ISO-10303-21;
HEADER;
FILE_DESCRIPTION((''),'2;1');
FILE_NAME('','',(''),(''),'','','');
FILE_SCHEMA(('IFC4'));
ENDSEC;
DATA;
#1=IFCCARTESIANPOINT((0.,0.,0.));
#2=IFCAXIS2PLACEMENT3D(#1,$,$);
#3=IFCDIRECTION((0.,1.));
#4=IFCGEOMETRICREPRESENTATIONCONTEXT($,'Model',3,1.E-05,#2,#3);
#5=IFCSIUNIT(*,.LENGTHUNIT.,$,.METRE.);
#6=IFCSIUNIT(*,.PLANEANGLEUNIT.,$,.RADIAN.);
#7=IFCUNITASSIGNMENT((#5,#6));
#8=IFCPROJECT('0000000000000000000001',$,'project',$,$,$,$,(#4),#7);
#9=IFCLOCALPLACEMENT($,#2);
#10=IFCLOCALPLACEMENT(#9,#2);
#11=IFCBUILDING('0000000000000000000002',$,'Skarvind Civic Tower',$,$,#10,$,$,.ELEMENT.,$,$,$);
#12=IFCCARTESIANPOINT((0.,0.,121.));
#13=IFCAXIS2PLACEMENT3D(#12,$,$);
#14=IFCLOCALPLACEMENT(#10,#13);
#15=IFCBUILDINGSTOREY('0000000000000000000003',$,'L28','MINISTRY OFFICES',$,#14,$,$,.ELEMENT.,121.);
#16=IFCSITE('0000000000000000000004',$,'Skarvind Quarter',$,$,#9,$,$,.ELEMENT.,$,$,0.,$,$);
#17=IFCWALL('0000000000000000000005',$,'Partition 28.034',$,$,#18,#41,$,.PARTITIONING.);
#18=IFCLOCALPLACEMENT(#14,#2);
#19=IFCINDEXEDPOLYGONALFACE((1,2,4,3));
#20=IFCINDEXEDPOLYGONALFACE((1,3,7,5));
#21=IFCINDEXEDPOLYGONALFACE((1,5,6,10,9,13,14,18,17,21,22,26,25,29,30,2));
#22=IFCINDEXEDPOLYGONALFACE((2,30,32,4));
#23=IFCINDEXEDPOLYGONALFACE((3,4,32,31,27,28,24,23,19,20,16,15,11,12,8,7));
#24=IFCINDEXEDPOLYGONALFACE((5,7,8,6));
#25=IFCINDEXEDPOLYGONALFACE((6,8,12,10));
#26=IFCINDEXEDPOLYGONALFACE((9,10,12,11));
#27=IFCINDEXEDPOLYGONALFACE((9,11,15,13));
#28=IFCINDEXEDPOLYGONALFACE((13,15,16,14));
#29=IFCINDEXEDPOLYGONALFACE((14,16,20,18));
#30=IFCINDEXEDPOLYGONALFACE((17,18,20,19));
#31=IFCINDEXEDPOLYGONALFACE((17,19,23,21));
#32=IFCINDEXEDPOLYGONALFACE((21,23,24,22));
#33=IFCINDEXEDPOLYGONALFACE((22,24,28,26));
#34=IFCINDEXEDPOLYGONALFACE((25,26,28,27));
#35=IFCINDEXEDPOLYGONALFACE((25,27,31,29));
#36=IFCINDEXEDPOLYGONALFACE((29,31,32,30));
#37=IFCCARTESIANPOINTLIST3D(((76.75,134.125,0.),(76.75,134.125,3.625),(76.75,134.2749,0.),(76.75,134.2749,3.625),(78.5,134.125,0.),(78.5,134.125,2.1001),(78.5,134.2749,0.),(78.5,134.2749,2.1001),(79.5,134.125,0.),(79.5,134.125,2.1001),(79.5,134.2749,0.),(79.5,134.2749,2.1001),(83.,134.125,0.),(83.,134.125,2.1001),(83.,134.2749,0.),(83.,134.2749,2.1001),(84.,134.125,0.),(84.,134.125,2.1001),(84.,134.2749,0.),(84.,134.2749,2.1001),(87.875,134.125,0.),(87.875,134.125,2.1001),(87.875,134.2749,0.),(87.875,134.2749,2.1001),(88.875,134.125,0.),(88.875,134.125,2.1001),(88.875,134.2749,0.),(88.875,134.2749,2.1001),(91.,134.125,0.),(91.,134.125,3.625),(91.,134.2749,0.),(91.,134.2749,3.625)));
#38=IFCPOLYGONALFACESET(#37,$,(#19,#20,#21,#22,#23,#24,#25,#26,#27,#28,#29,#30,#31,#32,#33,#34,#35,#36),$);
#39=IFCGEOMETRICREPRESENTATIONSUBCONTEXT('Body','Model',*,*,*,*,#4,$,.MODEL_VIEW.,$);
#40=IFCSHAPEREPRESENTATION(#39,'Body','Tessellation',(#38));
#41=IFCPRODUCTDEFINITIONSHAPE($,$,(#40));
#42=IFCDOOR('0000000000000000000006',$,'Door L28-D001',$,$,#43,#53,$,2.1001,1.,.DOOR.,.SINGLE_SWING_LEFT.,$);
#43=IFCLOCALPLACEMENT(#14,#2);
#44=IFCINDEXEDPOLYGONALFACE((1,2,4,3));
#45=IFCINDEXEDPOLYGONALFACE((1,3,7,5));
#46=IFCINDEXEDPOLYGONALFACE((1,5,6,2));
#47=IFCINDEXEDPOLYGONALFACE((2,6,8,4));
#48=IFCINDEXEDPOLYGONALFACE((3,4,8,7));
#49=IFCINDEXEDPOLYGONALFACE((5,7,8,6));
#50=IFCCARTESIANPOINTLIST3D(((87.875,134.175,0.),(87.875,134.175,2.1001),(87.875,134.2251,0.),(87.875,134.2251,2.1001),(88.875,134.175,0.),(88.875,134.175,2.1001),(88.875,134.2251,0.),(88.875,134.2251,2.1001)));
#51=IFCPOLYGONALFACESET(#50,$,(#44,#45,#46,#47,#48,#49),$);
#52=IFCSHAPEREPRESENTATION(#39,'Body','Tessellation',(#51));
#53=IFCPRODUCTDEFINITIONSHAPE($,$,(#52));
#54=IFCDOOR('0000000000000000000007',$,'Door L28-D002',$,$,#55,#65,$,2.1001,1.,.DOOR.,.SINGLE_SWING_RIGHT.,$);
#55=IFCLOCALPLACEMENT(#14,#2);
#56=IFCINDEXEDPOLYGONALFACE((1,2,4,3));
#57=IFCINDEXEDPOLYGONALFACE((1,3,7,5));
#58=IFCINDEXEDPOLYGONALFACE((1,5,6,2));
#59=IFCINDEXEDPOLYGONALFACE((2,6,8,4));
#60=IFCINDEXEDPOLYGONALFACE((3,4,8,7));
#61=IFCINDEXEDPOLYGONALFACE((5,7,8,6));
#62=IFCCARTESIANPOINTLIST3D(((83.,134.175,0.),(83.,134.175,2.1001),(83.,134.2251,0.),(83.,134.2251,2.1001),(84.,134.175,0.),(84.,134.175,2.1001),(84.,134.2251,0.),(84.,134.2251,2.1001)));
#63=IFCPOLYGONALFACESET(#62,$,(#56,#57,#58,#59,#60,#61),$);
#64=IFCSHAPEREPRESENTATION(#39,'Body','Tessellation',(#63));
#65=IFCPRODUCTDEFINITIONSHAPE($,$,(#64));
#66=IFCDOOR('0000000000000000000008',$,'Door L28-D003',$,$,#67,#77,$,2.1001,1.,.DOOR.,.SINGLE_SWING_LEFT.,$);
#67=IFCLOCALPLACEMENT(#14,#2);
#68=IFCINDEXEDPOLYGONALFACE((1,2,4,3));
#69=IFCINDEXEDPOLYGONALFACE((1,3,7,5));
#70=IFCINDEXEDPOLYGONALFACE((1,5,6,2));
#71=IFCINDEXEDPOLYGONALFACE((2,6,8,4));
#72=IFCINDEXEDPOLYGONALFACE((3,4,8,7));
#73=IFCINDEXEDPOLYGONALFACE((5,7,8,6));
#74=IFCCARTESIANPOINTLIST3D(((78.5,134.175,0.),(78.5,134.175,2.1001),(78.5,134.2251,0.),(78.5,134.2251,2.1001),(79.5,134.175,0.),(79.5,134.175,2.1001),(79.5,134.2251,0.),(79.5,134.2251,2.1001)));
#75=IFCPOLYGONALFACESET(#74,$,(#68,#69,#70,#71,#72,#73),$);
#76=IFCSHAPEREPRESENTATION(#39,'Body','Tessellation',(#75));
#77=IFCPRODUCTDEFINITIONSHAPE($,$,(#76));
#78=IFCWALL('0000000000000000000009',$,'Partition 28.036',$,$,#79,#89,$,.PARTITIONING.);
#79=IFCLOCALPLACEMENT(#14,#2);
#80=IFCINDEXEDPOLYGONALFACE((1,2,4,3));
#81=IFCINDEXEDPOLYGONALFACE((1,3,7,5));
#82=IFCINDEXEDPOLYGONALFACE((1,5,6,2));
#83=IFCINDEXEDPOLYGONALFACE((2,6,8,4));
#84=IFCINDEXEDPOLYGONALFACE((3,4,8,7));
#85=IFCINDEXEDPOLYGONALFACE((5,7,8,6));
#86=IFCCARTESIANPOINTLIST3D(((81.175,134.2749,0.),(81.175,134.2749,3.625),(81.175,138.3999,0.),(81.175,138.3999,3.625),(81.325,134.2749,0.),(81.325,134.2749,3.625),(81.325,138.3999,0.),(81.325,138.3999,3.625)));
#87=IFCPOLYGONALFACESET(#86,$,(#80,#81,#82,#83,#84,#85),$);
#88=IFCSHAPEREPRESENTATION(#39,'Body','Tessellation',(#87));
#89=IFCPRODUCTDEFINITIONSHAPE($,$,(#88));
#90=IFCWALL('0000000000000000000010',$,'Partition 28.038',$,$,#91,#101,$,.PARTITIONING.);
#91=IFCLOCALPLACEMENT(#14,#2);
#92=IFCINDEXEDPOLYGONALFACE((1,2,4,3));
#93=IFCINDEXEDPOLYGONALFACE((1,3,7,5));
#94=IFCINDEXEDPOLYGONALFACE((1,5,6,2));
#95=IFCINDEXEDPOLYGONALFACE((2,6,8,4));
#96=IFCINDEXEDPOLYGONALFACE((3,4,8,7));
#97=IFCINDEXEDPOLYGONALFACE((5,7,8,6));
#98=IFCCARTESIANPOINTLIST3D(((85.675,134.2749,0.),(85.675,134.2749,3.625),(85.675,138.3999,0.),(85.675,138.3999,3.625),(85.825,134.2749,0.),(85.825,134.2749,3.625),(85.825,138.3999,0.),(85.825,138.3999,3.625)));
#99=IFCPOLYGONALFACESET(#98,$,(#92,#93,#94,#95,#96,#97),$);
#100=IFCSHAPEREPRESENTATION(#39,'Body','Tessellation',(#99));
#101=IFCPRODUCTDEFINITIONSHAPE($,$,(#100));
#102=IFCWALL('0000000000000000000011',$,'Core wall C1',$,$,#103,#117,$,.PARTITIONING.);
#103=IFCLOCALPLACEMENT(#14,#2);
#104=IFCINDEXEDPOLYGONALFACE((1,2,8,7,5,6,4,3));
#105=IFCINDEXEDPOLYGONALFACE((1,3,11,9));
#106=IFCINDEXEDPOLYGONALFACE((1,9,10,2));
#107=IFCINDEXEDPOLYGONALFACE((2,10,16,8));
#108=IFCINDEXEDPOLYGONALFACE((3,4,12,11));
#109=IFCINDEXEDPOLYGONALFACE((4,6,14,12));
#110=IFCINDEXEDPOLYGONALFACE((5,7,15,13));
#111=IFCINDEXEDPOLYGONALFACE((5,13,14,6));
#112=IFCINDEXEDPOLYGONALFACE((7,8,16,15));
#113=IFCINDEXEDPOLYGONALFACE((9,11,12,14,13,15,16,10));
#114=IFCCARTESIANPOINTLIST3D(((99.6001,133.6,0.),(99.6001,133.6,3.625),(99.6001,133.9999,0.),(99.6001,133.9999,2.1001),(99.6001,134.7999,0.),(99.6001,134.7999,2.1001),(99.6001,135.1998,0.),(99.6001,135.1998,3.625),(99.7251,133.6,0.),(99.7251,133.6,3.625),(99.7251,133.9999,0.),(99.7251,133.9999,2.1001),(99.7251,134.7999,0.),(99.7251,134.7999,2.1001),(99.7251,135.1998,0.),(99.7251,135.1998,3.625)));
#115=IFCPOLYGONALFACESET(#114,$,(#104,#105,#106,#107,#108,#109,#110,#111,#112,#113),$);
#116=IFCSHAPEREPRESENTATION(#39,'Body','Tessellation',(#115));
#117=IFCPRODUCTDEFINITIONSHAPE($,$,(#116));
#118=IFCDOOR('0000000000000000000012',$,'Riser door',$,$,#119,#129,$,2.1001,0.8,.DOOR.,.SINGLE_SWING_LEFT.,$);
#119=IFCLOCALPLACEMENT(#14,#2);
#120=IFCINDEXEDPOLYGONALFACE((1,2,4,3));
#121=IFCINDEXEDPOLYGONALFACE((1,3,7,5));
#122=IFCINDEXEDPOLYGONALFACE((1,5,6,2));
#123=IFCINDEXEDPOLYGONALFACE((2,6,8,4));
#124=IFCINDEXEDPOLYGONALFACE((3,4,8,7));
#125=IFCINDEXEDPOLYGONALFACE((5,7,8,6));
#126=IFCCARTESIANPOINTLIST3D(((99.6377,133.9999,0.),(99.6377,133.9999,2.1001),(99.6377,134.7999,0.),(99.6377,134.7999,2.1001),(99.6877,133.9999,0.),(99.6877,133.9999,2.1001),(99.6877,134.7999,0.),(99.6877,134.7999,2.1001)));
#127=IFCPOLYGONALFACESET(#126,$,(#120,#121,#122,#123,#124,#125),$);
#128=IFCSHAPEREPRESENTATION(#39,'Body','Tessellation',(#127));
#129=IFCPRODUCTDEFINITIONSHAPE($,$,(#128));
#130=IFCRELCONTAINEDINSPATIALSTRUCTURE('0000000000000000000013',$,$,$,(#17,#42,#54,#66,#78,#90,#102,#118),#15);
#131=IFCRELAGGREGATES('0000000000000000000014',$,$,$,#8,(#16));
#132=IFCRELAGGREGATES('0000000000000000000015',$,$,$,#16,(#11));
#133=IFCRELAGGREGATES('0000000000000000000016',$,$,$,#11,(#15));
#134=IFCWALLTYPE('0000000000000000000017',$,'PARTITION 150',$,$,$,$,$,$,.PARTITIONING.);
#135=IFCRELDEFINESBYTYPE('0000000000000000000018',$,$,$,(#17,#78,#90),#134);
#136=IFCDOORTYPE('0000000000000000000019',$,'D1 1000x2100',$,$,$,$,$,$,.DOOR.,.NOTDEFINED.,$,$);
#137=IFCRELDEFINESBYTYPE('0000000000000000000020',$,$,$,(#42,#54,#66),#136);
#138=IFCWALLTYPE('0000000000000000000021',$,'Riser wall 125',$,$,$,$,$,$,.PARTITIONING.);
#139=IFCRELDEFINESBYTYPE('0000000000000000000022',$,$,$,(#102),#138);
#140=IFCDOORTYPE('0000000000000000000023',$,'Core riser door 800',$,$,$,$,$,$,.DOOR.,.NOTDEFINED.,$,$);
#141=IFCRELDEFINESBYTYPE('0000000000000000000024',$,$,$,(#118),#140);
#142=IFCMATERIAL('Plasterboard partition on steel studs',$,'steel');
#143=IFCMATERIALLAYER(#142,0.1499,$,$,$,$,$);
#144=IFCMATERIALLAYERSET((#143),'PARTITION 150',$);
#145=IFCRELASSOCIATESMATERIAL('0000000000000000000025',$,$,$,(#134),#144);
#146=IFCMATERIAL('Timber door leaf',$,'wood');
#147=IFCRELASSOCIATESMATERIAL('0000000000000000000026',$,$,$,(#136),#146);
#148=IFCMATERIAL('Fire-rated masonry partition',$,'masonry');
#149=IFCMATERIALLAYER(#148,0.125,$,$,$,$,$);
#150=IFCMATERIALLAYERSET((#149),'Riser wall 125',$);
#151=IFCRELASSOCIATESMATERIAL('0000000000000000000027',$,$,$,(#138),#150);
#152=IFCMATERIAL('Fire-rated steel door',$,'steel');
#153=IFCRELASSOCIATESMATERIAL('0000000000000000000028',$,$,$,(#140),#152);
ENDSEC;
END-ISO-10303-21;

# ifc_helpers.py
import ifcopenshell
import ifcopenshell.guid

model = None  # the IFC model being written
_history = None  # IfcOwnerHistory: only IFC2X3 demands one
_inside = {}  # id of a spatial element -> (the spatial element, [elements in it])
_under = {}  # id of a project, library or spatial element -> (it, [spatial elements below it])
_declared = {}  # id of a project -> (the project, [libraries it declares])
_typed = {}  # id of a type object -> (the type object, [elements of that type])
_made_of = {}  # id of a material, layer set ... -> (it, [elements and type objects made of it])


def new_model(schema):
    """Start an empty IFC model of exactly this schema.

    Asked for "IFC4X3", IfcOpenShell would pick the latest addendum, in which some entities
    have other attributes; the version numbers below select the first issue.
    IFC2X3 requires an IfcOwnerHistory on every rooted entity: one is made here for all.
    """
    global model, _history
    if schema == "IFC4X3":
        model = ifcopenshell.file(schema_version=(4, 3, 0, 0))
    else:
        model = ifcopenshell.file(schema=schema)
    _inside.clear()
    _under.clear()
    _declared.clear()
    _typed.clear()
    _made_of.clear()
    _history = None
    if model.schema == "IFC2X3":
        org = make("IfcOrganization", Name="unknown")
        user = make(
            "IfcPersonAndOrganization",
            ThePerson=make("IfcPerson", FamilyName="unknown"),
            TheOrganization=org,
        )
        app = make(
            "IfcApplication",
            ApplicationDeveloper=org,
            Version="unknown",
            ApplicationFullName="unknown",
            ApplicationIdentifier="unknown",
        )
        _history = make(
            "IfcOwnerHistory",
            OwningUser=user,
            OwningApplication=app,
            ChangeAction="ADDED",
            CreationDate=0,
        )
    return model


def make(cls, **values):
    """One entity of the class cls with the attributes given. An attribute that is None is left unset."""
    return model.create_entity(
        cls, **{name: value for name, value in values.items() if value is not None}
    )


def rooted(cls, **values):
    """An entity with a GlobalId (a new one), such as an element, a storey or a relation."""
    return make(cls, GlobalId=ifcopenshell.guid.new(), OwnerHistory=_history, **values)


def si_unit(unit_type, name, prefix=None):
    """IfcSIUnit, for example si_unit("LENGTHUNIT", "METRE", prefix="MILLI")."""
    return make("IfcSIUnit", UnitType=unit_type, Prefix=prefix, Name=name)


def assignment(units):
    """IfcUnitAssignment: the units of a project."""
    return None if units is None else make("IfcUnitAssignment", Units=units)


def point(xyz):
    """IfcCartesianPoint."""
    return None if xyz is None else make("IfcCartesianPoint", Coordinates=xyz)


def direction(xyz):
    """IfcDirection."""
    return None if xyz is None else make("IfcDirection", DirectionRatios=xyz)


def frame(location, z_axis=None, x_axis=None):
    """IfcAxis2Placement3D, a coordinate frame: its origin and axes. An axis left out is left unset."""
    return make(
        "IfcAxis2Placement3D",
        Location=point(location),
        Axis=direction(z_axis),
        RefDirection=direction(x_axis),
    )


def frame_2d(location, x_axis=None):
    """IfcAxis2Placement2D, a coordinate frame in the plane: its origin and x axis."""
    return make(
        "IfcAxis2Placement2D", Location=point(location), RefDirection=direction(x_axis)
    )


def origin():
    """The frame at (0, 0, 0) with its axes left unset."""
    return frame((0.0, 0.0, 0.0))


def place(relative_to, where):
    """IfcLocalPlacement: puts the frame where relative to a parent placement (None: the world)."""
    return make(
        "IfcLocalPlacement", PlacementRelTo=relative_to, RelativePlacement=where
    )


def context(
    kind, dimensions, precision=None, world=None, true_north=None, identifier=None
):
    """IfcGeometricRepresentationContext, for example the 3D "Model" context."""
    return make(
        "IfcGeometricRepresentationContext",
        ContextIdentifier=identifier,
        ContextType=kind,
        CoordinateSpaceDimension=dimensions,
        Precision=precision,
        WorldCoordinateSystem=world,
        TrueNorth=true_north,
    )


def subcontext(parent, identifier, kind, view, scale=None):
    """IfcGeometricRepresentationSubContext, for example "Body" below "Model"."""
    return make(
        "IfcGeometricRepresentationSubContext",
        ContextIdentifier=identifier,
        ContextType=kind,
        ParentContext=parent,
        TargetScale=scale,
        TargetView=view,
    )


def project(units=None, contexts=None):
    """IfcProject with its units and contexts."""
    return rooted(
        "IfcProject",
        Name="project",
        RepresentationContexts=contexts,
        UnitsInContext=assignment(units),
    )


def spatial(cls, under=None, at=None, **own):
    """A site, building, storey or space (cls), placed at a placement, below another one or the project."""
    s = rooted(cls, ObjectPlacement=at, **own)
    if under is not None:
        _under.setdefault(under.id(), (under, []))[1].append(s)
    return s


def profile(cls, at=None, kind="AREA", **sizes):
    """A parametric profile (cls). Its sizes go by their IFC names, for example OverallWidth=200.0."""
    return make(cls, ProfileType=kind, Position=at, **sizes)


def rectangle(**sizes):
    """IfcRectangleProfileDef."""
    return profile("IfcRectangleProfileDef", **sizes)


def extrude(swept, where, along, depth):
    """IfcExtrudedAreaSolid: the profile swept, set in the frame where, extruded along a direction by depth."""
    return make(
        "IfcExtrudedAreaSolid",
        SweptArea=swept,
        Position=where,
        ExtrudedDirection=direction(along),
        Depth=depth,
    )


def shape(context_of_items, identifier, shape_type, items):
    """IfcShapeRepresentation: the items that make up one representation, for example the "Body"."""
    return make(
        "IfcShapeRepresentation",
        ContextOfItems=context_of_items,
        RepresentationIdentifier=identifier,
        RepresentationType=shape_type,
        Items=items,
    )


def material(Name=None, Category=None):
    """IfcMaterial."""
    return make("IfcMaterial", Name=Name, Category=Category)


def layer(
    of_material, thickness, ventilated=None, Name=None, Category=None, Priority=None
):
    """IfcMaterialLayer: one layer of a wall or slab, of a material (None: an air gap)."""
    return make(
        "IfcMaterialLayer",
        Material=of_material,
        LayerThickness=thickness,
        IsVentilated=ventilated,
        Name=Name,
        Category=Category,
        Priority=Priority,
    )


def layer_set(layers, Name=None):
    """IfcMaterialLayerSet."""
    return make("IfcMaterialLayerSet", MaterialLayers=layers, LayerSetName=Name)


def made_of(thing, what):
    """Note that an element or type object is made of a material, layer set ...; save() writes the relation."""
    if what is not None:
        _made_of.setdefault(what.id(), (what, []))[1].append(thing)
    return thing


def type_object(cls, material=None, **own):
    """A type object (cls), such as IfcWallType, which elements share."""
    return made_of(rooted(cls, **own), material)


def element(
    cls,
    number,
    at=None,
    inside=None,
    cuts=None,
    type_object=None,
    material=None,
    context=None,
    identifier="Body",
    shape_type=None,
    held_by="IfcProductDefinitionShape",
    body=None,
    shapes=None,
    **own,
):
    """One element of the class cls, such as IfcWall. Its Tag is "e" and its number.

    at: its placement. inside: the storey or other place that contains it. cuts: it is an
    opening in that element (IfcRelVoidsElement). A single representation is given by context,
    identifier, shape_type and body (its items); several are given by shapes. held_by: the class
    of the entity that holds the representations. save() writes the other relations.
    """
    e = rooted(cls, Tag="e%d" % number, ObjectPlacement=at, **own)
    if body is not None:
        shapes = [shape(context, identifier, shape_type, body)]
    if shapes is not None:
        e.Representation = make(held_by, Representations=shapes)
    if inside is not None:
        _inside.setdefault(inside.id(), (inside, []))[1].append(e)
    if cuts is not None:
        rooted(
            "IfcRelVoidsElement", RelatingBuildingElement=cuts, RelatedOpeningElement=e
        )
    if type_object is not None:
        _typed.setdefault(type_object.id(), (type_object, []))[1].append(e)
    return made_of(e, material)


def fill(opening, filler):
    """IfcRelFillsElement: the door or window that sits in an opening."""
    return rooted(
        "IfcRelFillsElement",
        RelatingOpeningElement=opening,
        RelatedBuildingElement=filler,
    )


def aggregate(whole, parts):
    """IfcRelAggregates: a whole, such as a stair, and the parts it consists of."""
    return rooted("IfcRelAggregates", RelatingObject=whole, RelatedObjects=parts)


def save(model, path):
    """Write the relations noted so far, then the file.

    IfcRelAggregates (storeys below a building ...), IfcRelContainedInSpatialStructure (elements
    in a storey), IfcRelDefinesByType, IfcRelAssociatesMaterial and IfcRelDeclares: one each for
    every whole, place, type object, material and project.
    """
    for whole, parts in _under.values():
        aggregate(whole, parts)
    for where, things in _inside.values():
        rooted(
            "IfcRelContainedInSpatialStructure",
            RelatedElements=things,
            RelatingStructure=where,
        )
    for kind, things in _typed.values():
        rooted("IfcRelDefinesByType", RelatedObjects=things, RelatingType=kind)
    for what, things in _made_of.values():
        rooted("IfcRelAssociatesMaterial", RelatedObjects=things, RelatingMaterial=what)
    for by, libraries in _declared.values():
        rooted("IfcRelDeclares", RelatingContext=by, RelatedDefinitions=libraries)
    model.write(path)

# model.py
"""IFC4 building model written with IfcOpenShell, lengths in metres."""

from ifc_helpers import new_model, si_unit, direction, frame, frame_2d, origin, place, context, subcontext, project, spatial, rectangle, extrude, material, layer, layer_set, type_object, element, fill, save


model = new_model("IFC4")

# Units and contexts
model_context = context("Model", 3, precision=1e-05, world=origin(), true_north=direction((0.0, 1.0)))
body_context = subcontext(model_context, "Body", "Model", "MODEL_VIEW")
ifc_project = project(units=[si_unit("LENGTHUNIT", "METRE"), si_unit("PLANEANGLEUNIT", "RADIAN")], contexts=[model_context])

# Site, building, storey
site_placement = place(None, origin())
site = spatial("IfcSite", under=ifc_project, at=site_placement, Name="Skarvind Quarter", CompositionType="ELEMENT", RefElevation=0.0)
building_placement = place(site_placement, origin())
building = spatial("IfcBuilding", under=site, at=building_placement, Name="Skarvind Civic Tower", CompositionType="ELEMENT")
storey_placement = place(building_placement, frame((0.0, 0.0, 121.0)))
storey = spatial("IfcBuildingStorey", under=building, at=storey_placement, Name="L28", Description="MINISTRY OFFICES", CompositionType="ELEMENT", Elevation=121.0)

# Shared definitions
ifc_material_1 = material(Name="Fire-rated masonry partition", Category="masonry")
ifc_material_2 = material(Name="Fire-rated steel door", Category="steel")

# Wall, openings, doors
ifc_material_3 = material(Name="Plasterboard partition on steel studs", Category="steel")
ifc_layer_1 = layer(ifc_material_3, 0.1499)
ifc_layer_set_1 = layer_set([ifc_layer_1], Name="PARTITION 150")
wall_type_1 = type_object("IfcWallType", Name="PARTITION 150", PredefinedType="PARTITIONING", material=ifc_layer_set_1)
wall_1_placement = place(storey_placement, frame((91.0, 134.2, 0.0), z_axis=(0.0, 0.0, 1.0), x_axis=(-1.0, 0.0, 0.0)))
wall_1 = element("IfcWall", 1, at=wall_1_placement, inside=storey, type_object=wall_type_1, Name="Partition 28.034", PredefinedType="PARTITIONING", context=body_context, shape_type="SweptSolid", body=[
    extrude(rectangle(XDim=14.25, YDim=0.1499, at=frame_2d((7.125, 0.0))), origin(), (0.0, 0.0, 1.0), 3.625),
])
opening_1_placement = place(wall_1_placement, frame((2.125, 0.0, 0.0)))
opening_1 = element("IfcOpeningElement", 2, at=opening_1_placement, cuts=wall_1, PredefinedType="OPENING", context=body_context, shape_type="SweptSolid", body=[
    extrude(rectangle(XDim=1.0, YDim=2.1001, at=frame_2d((0.5, 1.05))), frame((0.0, 0.085, 0.0), z_axis=(0.0, -1.0, 0.0), x_axis=(1.0, 0.0, 0.0)), (0.0, 0.0, 1.0), 0.1699),
])
opening_2_placement = place(wall_1_placement, frame((7.0, 0.0, 0.0)))
opening_2 = element("IfcOpeningElement", 3, at=opening_2_placement, cuts=wall_1, PredefinedType="OPENING", context=body_context, shape_type="SweptSolid", body=[
    extrude(rectangle(XDim=1.0, YDim=2.1001, at=frame_2d((0.5, 1.05))), frame((0.0, 0.085, 0.0), z_axis=(0.0, -1.0, 0.0), x_axis=(1.0, 0.0, 0.0)), (0.0, 0.0, 1.0), 0.1699),
])
opening_3_placement = place(wall_1_placement, frame((11.5, 0.0, 0.0)))
opening_3 = element("IfcOpeningElement", 4, at=opening_3_placement, cuts=wall_1, PredefinedType="OPENING", context=body_context, shape_type="SweptSolid", body=[
    extrude(rectangle(XDim=1.0, YDim=2.1001, at=frame_2d((0.5, 1.05))), frame((0.0, 0.085, 0.0), z_axis=(0.0, -1.0, 0.0), x_axis=(1.0, 0.0, 0.0)), (0.0, 0.0, 1.0), 0.1699),
])
ifc_material_4 = material(Name="Timber door leaf", Category="wood")
door_type_1 = type_object("IfcDoorType", Name="D1 1000x2100", OperationType="NOTDEFINED", PredefinedType="DOOR", material=ifc_material_4)
door_1_placement = place(opening_1_placement, origin())
door_1 = element("IfcDoor", 5, at=door_1_placement, inside=storey, type_object=door_type_1, Name="Door L28-D001", OperationType="SINGLE_SWING_LEFT", OverallHeight=2.1001, OverallWidth=1.0, PredefinedType="DOOR", context=body_context, shape_type="SweptSolid", body=[
    extrude(rectangle(XDim=1.0, YDim=2.1001, at=frame_2d((0.5, 1.05))), frame((0.0, 0.0249, 0.0), z_axis=(0.0, -1.0, 0.0), x_axis=(1.0, 0.0, 0.0)), (0.0, 0.0, 1.0), 0.05),
])
fill(opening_1, door_1)
door_2_placement = place(opening_2_placement, origin())
door_2 = element("IfcDoor", 6, at=door_2_placement, inside=storey, type_object=door_type_1, Name="Door L28-D002", OperationType="SINGLE_SWING_RIGHT", OverallHeight=2.1001, OverallWidth=1.0, PredefinedType="DOOR", context=body_context, shape_type="SweptSolid", body=[
    extrude(rectangle(XDim=1.0, YDim=2.1001, at=frame_2d((0.5, 1.05))), frame((0.0, 0.0249, 0.0), z_axis=(0.0, -1.0, 0.0), x_axis=(1.0, 0.0, 0.0)), (0.0, 0.0, 1.0), 0.05),
])
fill(opening_2, door_2)
door_3_placement = place(opening_3_placement, origin())
door_3 = element("IfcDoor", 7, at=door_3_placement, inside=storey, type_object=door_type_1, Name="Door L28-D003", OperationType="SINGLE_SWING_LEFT", OverallHeight=2.1001, OverallWidth=1.0, PredefinedType="DOOR", context=body_context, shape_type="SweptSolid", body=[
    extrude(rectangle(XDim=1.0, YDim=2.1001, at=frame_2d((0.5, 1.05))), frame((0.0, 0.0249, 0.0), z_axis=(0.0, -1.0, 0.0), x_axis=(1.0, 0.0, 0.0)), (0.0, 0.0, 1.0), 0.05),
])
fill(opening_3, door_3)

# Walls
for number, where, z_axis, x_axis, name in (
    (8, (81.25, 134.2749, 0.0), (0.0, 0.0, 1.0), (0.0, 1.0, 0.0), "Partition 28.036"),
    (9, (85.75, 134.2749, 0.0), (0.0, 0.0, 1.0), (0.0, 1.0, 0.0), "Partition 28.038"),
):
    element("IfcWall", number, at=place(storey_placement, frame(where, z_axis=z_axis, x_axis=x_axis)), inside=storey, type_object=wall_type_1, Name=name, PredefinedType="PARTITIONING", context=body_context, shape_type="SweptSolid", body=[
        extrude(rectangle(XDim=4.125, YDim=0.1499, at=frame_2d((2.0625, 0.0))), origin(), (0.0, 0.0, 1.0), 3.625),
    ])

# Wall, opening, door
ifc_layer_2 = layer(ifc_material_1, 0.125)
ifc_layer_set_2 = layer_set([ifc_layer_2], Name="Riser wall 125")
wall_type_2 = type_object("IfcWallType", Name="Riser wall 125", PredefinedType="PARTITIONING", material=ifc_layer_set_2)
wall_2_placement = place(storey_placement, frame((99.6626, 133.6001, 0.0), z_axis=(0.0, 0.0, 1.0), x_axis=(0.0, 1.0, 0.0)))
wall_2 = element("IfcWall", 10, at=wall_2_placement, inside=storey, type_object=wall_type_2, Name="Core wall C1", PredefinedType="PARTITIONING", context=body_context, shape_type="SweptSolid", body=[
    extrude(rectangle(XDim=1.5999, YDim=0.125, at=frame_2d((0.7998, 0.0))), origin(), (0.0, 0.0, 1.0), 3.625),
])
opening_4_placement = place(wall_2_placement, frame((0.3999, 0.0, 0.0)))
opening_4 = element("IfcOpeningElement", 11, at=opening_4_placement, cuts=wall_2, PredefinedType="OPENING", context=body_context, shape_type="SweptSolid", body=[
    extrude(rectangle(XDim=0.8, YDim=2.1001, at=frame_2d((0.3999, 1.05))), frame((0.0, 0.0725, 0.0), z_axis=(0.0, -1.0, 0.0), x_axis=(1.0, 0.0, 0.0)), (0.0, 0.0, 1.0), 0.145),
])
door_type_2 = type_object("IfcDoorType", Name="Core riser door 800", OperationType="NOTDEFINED", PredefinedType="DOOR", material=ifc_material_2)
door_4_placement = place(opening_4_placement, origin())
door_4 = element("IfcDoor", 12, at=door_4_placement, inside=storey, type_object=door_type_2, Name="Riser door", OperationType="SINGLE_SWING_LEFT", OverallHeight=2.1001, OverallWidth=0.8, PredefinedType="DOOR", context=body_context, shape_type="SweptSolid", body=[
    extrude(rectangle(XDim=0.8, YDim=2.1001, at=frame_2d((0.3999, 1.05))), frame((0.0, 0.0249, 0.0), z_axis=(0.0, -1.0, 0.0), x_axis=(1.0, 0.0, 0.0)), (0.0, 0.0, 1.0), 0.05),
])
fill(opening_4, door_4)

save(model, "model.ifc")
